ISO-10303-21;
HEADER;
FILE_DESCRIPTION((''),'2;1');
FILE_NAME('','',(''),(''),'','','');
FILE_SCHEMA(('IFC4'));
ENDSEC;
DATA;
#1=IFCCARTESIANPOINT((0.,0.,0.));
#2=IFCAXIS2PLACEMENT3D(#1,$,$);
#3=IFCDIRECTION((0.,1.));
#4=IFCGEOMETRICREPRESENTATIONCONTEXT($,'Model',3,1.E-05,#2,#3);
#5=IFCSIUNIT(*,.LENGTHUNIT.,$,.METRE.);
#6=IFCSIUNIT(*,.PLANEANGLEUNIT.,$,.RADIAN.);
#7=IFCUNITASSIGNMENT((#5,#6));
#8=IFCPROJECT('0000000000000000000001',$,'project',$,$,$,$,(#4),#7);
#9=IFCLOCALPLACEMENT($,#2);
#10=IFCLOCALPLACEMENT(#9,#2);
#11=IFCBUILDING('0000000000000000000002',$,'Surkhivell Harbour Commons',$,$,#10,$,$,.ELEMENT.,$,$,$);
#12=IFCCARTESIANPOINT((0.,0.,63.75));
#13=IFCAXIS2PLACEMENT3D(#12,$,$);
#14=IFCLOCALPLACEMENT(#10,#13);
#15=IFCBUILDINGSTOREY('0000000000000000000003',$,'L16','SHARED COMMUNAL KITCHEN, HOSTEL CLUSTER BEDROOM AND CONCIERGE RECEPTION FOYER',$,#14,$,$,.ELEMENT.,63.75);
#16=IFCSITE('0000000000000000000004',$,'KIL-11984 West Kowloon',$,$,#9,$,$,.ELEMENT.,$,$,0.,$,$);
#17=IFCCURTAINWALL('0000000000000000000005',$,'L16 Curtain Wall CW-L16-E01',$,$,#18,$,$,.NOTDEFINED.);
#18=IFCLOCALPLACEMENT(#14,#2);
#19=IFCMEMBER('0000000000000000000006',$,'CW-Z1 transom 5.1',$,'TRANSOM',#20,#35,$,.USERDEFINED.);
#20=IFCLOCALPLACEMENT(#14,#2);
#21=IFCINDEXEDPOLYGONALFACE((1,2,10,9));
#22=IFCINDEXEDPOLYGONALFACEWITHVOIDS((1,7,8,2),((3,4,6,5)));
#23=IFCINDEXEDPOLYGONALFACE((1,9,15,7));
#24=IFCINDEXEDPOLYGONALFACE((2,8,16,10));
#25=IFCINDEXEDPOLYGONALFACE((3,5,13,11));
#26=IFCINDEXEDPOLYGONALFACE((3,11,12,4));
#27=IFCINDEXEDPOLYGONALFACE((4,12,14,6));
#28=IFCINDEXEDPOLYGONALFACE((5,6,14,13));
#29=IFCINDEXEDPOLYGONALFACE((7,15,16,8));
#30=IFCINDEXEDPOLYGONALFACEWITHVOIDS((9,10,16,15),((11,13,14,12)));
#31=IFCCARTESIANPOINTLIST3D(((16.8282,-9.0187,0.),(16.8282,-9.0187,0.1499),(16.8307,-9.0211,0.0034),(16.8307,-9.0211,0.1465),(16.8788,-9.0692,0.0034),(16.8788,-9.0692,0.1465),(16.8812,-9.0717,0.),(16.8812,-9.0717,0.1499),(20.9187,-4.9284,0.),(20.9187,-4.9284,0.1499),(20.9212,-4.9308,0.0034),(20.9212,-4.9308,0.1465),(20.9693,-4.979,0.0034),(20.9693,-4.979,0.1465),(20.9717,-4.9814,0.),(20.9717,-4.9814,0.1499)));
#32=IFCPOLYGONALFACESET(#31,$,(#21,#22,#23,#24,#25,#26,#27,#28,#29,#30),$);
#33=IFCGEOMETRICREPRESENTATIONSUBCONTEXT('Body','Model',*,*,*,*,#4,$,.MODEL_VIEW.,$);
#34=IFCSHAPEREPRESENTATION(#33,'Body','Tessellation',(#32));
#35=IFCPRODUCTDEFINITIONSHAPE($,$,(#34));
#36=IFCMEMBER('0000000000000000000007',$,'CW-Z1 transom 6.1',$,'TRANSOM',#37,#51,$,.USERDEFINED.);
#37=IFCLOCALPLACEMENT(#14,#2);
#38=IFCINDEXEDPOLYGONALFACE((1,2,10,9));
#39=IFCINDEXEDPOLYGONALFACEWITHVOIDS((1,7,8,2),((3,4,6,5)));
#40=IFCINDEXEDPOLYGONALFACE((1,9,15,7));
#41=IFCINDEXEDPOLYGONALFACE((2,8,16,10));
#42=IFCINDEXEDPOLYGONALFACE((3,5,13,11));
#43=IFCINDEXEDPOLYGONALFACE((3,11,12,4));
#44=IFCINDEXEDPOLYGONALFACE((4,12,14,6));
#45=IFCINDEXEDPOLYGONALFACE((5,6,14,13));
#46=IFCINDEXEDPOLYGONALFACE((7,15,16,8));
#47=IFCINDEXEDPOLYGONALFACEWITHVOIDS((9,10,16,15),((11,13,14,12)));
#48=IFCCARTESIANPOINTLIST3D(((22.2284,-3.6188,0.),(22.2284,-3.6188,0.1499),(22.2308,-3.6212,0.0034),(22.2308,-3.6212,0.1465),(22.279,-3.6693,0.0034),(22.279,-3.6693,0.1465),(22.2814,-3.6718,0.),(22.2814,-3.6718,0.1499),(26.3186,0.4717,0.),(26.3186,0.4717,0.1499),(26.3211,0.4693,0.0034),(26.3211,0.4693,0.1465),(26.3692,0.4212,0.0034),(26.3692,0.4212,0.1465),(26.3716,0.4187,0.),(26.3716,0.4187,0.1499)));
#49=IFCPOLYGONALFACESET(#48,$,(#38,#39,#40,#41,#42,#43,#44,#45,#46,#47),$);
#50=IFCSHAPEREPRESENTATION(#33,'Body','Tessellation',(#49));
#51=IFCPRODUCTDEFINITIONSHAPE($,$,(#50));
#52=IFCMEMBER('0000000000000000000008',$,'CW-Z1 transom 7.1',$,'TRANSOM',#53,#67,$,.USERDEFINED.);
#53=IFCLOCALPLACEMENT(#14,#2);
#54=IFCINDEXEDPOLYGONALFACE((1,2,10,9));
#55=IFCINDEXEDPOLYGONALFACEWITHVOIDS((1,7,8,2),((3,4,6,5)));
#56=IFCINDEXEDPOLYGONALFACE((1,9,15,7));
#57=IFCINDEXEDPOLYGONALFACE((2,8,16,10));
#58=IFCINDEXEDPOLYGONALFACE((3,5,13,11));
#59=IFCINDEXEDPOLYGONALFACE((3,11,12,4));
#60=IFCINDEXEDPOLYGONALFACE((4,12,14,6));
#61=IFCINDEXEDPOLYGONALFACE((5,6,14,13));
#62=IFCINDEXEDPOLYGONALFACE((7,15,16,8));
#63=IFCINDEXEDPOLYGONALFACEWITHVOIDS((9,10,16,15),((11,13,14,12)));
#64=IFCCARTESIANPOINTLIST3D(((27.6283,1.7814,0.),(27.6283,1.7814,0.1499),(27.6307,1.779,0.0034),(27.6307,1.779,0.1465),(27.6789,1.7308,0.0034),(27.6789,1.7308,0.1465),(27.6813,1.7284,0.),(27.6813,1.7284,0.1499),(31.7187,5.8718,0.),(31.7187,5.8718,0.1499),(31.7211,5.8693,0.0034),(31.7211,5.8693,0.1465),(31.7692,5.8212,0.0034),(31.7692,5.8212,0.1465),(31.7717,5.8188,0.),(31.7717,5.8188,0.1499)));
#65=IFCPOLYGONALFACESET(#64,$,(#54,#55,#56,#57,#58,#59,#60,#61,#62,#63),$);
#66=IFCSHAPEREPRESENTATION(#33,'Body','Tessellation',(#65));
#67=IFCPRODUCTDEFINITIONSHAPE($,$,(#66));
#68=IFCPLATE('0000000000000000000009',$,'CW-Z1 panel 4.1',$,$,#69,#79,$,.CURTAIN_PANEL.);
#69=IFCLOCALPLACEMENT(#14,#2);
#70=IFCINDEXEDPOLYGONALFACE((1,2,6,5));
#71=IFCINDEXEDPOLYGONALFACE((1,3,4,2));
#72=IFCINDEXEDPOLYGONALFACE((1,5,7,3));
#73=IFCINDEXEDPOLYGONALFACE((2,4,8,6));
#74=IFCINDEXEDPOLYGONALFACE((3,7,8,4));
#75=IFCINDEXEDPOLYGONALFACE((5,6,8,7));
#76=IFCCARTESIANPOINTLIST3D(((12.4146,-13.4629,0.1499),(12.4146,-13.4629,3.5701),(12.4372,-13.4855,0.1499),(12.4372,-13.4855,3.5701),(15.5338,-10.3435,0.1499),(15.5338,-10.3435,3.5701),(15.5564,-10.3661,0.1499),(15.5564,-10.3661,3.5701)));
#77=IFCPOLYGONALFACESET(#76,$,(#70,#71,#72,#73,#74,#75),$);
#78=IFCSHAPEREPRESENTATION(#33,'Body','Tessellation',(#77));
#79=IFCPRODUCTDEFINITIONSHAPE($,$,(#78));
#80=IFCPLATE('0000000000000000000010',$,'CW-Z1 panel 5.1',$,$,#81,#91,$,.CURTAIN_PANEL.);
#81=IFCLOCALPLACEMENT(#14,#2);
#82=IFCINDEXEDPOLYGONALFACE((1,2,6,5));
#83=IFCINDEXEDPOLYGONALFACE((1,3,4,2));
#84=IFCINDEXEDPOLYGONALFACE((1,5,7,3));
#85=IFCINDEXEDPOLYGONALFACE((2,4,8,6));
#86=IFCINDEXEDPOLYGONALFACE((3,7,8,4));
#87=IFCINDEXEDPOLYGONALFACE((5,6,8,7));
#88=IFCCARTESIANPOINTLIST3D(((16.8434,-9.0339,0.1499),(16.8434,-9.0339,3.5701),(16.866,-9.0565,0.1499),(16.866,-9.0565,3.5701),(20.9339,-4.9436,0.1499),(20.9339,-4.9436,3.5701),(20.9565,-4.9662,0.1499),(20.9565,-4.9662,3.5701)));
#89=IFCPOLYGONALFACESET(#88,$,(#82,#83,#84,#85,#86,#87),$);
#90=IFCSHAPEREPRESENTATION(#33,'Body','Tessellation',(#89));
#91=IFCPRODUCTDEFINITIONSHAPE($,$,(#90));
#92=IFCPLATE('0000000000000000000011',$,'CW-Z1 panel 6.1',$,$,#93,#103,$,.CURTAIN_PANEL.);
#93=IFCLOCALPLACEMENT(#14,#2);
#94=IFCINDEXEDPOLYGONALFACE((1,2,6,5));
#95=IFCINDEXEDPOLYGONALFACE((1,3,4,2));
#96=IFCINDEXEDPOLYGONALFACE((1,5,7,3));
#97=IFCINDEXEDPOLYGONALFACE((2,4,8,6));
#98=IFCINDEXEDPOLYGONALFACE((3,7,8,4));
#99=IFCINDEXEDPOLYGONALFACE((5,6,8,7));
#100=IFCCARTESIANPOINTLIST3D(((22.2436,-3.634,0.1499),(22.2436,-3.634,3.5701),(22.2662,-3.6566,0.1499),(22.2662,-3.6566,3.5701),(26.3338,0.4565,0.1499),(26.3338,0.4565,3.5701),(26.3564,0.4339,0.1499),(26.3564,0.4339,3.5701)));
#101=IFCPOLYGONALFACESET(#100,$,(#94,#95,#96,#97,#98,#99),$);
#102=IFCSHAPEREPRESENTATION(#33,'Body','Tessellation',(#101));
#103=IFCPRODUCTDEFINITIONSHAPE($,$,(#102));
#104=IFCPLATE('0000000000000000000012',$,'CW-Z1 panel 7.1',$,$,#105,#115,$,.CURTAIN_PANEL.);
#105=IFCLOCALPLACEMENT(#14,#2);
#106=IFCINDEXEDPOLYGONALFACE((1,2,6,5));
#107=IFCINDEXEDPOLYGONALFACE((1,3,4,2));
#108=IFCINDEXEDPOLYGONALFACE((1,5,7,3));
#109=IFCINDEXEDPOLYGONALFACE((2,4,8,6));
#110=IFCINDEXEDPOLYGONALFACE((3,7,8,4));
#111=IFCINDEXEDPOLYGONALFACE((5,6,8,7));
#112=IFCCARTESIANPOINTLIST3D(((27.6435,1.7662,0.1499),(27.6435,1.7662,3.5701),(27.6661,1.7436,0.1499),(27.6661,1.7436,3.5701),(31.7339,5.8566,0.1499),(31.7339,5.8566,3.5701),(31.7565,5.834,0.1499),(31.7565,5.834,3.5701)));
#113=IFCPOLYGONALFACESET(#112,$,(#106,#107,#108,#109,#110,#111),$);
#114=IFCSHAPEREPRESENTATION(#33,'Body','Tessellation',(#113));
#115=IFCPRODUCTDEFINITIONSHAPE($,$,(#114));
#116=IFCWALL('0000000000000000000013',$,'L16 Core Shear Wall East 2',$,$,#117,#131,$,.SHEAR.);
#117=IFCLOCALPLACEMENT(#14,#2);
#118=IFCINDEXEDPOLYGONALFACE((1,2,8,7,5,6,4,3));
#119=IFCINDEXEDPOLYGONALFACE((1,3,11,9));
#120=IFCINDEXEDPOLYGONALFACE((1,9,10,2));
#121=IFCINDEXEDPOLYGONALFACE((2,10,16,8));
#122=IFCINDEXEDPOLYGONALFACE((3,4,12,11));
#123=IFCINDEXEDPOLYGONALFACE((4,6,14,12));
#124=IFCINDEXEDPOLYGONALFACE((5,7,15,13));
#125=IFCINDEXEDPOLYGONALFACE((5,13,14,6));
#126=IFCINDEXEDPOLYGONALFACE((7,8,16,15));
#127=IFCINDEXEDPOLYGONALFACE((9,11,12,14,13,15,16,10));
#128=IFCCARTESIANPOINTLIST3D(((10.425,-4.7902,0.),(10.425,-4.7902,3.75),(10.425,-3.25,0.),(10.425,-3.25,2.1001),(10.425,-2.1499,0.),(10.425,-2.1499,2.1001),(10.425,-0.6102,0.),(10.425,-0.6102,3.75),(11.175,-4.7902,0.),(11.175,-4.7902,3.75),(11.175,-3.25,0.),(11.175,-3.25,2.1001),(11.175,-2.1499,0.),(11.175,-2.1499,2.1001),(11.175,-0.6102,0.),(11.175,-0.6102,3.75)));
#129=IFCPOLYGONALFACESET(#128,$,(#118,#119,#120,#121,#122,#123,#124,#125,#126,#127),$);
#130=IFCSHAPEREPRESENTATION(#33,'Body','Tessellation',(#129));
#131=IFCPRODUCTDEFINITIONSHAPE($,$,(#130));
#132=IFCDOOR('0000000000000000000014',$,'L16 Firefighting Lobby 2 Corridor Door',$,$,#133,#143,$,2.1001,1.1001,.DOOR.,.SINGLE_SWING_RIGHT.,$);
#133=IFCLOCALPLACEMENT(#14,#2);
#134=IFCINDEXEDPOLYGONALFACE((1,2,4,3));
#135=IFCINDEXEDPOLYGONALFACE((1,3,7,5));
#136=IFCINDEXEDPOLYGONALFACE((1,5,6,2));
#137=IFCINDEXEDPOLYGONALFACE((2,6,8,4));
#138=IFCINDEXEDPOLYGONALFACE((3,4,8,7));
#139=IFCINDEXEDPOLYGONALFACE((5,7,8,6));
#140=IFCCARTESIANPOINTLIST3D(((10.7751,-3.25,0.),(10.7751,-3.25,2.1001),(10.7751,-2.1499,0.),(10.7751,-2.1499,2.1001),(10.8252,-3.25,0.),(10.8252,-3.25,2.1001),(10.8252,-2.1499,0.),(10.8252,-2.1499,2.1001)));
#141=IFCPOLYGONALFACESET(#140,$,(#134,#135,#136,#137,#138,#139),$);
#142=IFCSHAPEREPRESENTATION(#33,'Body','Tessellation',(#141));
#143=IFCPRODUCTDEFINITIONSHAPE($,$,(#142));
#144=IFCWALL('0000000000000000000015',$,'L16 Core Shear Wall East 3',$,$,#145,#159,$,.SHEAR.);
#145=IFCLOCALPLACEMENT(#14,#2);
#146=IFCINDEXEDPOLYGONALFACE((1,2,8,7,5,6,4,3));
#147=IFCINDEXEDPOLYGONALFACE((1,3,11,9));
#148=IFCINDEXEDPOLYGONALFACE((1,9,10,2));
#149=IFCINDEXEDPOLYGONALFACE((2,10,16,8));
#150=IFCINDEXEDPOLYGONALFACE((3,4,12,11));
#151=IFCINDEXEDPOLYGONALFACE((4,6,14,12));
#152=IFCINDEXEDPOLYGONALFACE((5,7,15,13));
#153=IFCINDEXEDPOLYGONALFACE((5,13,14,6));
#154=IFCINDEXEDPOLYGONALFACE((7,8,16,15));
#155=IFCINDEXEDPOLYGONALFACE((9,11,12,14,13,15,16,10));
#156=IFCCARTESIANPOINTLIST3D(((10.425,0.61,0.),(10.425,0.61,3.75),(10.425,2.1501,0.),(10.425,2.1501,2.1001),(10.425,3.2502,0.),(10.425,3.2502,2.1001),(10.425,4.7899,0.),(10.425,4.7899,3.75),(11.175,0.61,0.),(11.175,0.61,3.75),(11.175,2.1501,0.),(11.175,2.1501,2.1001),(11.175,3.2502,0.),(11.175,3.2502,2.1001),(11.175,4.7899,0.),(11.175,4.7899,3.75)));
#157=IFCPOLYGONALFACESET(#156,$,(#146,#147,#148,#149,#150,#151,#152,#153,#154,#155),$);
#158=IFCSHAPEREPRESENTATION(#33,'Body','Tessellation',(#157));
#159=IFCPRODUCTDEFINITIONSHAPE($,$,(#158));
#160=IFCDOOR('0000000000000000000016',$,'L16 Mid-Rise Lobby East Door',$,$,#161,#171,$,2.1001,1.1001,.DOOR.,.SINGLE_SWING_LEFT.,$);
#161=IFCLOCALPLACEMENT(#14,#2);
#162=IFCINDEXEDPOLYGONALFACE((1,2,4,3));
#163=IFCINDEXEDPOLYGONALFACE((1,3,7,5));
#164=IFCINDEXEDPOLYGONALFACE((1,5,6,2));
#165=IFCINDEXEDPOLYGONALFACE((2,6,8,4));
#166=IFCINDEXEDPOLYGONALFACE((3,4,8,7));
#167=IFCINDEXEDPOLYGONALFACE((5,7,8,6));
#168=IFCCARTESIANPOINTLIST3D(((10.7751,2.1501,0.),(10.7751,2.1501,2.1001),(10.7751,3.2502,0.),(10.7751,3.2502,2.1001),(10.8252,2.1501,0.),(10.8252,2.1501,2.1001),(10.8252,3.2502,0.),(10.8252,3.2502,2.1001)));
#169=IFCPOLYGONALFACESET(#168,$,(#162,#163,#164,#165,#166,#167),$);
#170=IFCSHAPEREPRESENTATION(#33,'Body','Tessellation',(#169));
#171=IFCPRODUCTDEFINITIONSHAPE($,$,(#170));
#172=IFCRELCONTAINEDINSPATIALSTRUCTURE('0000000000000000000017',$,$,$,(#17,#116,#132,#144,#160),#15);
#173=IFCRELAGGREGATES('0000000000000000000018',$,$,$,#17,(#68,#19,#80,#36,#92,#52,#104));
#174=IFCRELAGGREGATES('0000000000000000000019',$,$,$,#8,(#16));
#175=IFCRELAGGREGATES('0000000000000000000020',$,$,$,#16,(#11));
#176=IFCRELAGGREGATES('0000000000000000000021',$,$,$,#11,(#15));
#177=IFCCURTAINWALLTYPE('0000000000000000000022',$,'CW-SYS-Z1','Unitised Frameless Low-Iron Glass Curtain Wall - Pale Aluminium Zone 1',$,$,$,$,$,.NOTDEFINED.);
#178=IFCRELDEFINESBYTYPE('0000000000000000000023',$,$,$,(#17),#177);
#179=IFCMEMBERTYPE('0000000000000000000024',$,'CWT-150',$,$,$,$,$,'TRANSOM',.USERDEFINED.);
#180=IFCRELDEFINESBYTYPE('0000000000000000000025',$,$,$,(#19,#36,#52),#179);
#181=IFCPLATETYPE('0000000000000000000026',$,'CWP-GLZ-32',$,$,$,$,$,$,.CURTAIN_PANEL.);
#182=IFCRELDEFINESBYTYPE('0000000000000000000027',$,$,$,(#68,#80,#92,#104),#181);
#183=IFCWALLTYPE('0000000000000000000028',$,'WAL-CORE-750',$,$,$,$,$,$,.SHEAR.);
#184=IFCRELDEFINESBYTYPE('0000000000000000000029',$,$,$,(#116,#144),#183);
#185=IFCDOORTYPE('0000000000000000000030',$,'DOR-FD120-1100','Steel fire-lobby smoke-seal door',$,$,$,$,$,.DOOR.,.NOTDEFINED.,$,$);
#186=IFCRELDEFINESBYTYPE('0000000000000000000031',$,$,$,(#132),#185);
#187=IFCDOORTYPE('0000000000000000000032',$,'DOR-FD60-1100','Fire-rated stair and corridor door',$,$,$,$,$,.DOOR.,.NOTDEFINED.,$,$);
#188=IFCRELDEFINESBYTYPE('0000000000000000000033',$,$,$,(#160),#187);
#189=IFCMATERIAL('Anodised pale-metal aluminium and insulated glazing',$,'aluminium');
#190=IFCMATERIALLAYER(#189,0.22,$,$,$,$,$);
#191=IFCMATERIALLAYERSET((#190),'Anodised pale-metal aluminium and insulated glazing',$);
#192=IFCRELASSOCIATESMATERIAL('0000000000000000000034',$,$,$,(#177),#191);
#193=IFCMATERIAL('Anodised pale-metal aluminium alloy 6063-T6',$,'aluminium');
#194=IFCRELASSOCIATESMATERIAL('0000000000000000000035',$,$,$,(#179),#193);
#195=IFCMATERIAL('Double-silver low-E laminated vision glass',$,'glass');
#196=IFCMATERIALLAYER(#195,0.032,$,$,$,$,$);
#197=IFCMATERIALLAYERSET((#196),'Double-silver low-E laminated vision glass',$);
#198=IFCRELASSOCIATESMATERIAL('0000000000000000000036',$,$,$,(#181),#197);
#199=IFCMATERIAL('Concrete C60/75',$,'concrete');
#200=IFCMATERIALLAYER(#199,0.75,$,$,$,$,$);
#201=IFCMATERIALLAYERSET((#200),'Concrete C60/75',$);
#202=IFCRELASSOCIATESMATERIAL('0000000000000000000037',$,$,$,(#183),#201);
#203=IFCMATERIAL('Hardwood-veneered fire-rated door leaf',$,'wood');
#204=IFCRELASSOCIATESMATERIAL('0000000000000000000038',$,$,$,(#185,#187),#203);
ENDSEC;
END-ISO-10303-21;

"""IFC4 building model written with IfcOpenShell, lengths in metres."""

from ifc_helpers import new_model, si_unit, direction, frame, frame_2d, origin, origin_2d, place, context, subcontext, project, spatial, rectangle, hollow_rectangle, extrude, material, layer, layer_set, material_profile, profile_set, type_object, element, fill, aggregate, save


model = new_model("IFC4")

# Units and contexts
model_context = context("Model", 3, precision=1e-05, world=origin(), true_north=direction((0.0, 1.0)))
body_context = subcontext(model_context, "Body", "Model", "MODEL_VIEW")
ifc_project = project(units=[si_unit("LENGTHUNIT", "METRE"), si_unit("PLANEANGLEUNIT", "RADIAN")], contexts=[model_context])

# Site, building, storey
site_placement = place(None, origin())
site = spatial("IfcSite", under=ifc_project, at=site_placement, Name="KIL-11984 West Kowloon", CompositionType="ELEMENT", RefElevation=0.0)
building_placement = place(site_placement, origin())
building = spatial("IfcBuilding", under=site, at=building_placement, Name="Surkhivell Harbour Commons", CompositionType="ELEMENT")
storey_placement = place(building_placement, frame((0.0, 0.0, 63.75)))
storey = spatial("IfcBuildingStorey", under=building, at=storey_placement, Name="L16", Description="SHARED COMMUNAL KITCHEN, HOSTEL CLUSTER BEDROOM AND CONCIERGE RECEPTION FOYER", CompositionType="ELEMENT", Elevation=63.75)

# Curtain wall, members, plates
ifc_material_1 = material(Name="Anodised pale-metal aluminium and insulated glazing", Category="aluminium")
ifc_layer_1 = layer(ifc_material_1, 0.22)
ifc_layer_set_1 = layer_set([ifc_layer_1], Name="Anodised pale-metal aluminium and insulated glazing")
curtain_wall_type = type_object("IfcCurtainWallType", Name="CW-SYS-Z1", Description="Unitised Frameless Low-Iron Glass Curtain Wall - Pale Aluminium Zone 1", PredefinedType="NOTDEFINED", material=ifc_layer_set_1)
curtain_wall_placement = place(storey_placement, origin())
curtain_wall = element("IfcCurtainWall", 1, at=curtain_wall_placement, inside=storey, type_object=curtain_wall_type, Name="L16 Curtain Wall CW-L16-E01", PredefinedType="NOTDEFINED")
ifc_material_2 = material(Name="Anodised pale-metal aluminium alloy 6063-T6", Category="aluminium")
ifc_material_profile_1 = material_profile(ifc_material_2, hollow_rectangle(XDim=0.075, YDim=0.1499, WallThickness=0.0034, at=origin_2d()), Name="ALU-TRAN-75x150")
ifc_profile_set_1 = profile_set([ifc_material_profile_1], Name="Anodised pale-metal aluminium alloy 6063-T6")
member_type_1 = type_object("IfcMemberType", Name="CWT-150", ElementType="TRANSOM", PredefinedType="USERDEFINED", material=ifc_profile_set_1)
member_1_placement = place(storey_placement, frame((16.8547, -9.0452, 0.075), z_axis=(0.707128, 0.707086, 0.0), x_axis=(-0.707086, 0.707128, 0.0)))
member_1 = element("IfcMember", 2, at=member_1_placement, type_object=member_type_1, Name="CW-Z1 transom 5.1", ObjectType="TRANSOM", PredefinedType="USERDEFINED", context=body_context, shape_type="SweptSolid", body=[
    extrude(hollow_rectangle(XDim=0.075, YDim=0.1499, WallThickness=0.0034, at=origin_2d()), origin(), (0.0, 0.0, 1.0), 5.7847),
])
member_2_placement = place(storey_placement, frame((22.2549, -3.6453, 0.075), z_axis=(0.707086, 0.707128, 0.0), x_axis=(-0.707128, 0.707086, 0.0)))
member_2 = element("IfcMember", 3, at=member_2_placement, type_object=member_type_1, Name="CW-Z1 transom 6.1", ObjectType="TRANSOM", PredefinedType="USERDEFINED", context=body_context, shape_type="SweptSolid", body=[
    extrude(hollow_rectangle(XDim=0.075, YDim=0.1499, WallThickness=0.0034, at=origin_2d()), origin(), (0.0, 0.0, 1.0), 5.7847),
])
member_3_placement = place(storey_placement, frame((27.6548, 1.7549, 0.075), z_axis=(0.707107, 0.707107, 0.0), x_axis=(-0.707107, 0.707107, 0.0)))
member_3 = element("IfcMember", 4, at=member_3_placement, type_object=member_type_1, Name="CW-Z1 transom 7.1", ObjectType="TRANSOM", PredefinedType="USERDEFINED", context=body_context, shape_type="SweptSolid", body=[
    extrude(hollow_rectangle(XDim=0.075, YDim=0.1499, WallThickness=0.0034, at=origin_2d()), origin(), (0.0, 0.0, 1.0), 5.7847),
])
ifc_material_3 = material(Name="Double-silver low-E laminated vision glass", Category="glass")
ifc_layer_2 = layer(ifc_material_3, 0.032)
ifc_layer_set_2 = layer_set([ifc_layer_2], Name="Double-silver low-E laminated vision glass")
plate_type = type_object("IfcPlateType", Name="CWP-GLZ-32", PredefinedType="CURTAIN_PANEL", material=ifc_layer_set_2)
plate_1_placement = place(storey_placement, frame((12.426, -13.4741, 0.1499), z_axis=(0.0, 0.0, 1.0), x_axis=(0.707079, 0.707134, 0.0)))
plate_1 = element("IfcPlate", 5, at=plate_1_placement, type_object=plate_type, Name="CW-Z1 panel 4.1", PredefinedType="CURTAIN_PANEL", context=body_context, shape_type="SweptSolid", body=[
    extrude(rectangle(XDim=4.4114, YDim=0.032, at=frame_2d((2.2056, 0.0))), origin(), (0.0, 0.0, 1.0), 3.4202),
])
plate_2_placement = place(storey_placement, frame((16.8547, -9.0452, 0.1499), z_axis=(0.0, 0.0, 1.0), x_axis=(0.707128, 0.707086, 0.0)))
plate_2 = element("IfcPlate", 6, at=plate_2_placement, type_object=plate_type, Name="CW-Z1 panel 5.1", PredefinedType="CURTAIN_PANEL", context=body_context, shape_type="SweptSolid", body=[
    extrude(rectangle(XDim=5.7847, YDim=0.032, at=frame_2d((2.8923, 0.0))), origin(), (0.0, 0.0, 1.0), 3.4202),
])
plate_3_placement = place(storey_placement, frame((22.2549, -3.6453, 0.1499), z_axis=(0.0, 0.0, 1.0), x_axis=(0.707086, 0.707128, 0.0)))
plate_3 = element("IfcPlate", 7, at=plate_3_placement, type_object=plate_type, Name="CW-Z1 panel 6.1", PredefinedType="CURTAIN_PANEL", context=body_context, shape_type="SweptSolid", body=[
    extrude(rectangle(XDim=5.7847, YDim=0.032, at=frame_2d((2.8923, 0.0))), origin(), (0.0, 0.0, 1.0), 3.4202),
])
plate_4_placement = place(storey_placement, frame((27.6548, 1.7549, 0.1499), z_axis=(0.0, 0.0, 1.0), x_axis=(0.707107, 0.707107, 0.0)))
plate_4 = element("IfcPlate", 8, at=plate_4_placement, type_object=plate_type, Name="CW-Z1 panel 7.1", PredefinedType="CURTAIN_PANEL", context=body_context, shape_type="SweptSolid", body=[
    extrude(rectangle(XDim=5.7847, YDim=0.032, at=frame_2d((2.8923, 0.0))), origin(), (0.0, 0.0, 1.0), 3.4202),
])
aggregate(curtain_wall, [plate_1, member_1, plate_2, member_2, plate_3, member_3, plate_4])

# Walls, openings, doors
ifc_material_4 = material(Name="Concrete C60/75", Category="concrete")
ifc_layer_3 = layer(ifc_material_4, 0.75)
ifc_layer_set_3 = layer_set([ifc_layer_3], Name="Concrete C60/75")
wall_type_1 = type_object("IfcWallType", Name="WAL-CORE-750", PredefinedType="SHEAR", material=ifc_layer_set_3)
wall_1_placement = place(storey_placement, frame((10.8, -4.79, 0.0), z_axis=(0.0, 0.0, 1.0), x_axis=(0.0, 1.0, 0.0)))
wall_1 = element("IfcWall", 9, at=wall_1_placement, inside=storey, type_object=wall_type_1, Name="L16 Core Shear Wall East 2", PredefinedType="SHEAR", context=body_context, shape_type="SweptSolid", body=[
    extrude(rectangle(XDim=4.1799, YDim=0.75, at=frame_2d((2.0898, 0.0))), origin(), (0.0, 0.0, 1.0), 3.75),
])
opening_1_placement = place(wall_1_placement, frame((1.54, 0.0, 0.0)))
opening_1 = element("IfcOpeningElement", 10, at=opening_1_placement, cuts=wall_1, PredefinedType="OPENING", context=body_context, shape_type="SweptSolid", body=[
    extrude(rectangle(XDim=1.1001, YDim=2.1001, at=frame_2d((0.55, 1.05))), frame((0.0, 0.385, 0.0), z_axis=(0.0, -1.0, 0.0), x_axis=(1.0, 0.0, 0.0)), (0.0, 0.0, 1.0), 0.77),
])
ifc_material_5 = material(Name="Hardwood-veneered fire-rated door leaf", Category="wood")
door_type_1 = type_object("IfcDoorType", Name="DOR-FD120-1100", Description="Steel fire-lobby smoke-seal door", OperationType="NOTDEFINED", PredefinedType="DOOR", material=ifc_material_5)
door_1_placement = place(opening_1_placement, origin())
door_1 = element("IfcDoor", 11, at=door_1_placement, inside=storey, type_object=door_type_1, Name="L16 Firefighting Lobby 2 Corridor Door", OperationType="SINGLE_SWING_RIGHT", OverallHeight=2.1001, OverallWidth=1.1001, PredefinedType="DOOR", context=body_context, shape_type="SweptSolid", body=[
    extrude(rectangle(XDim=1.1001, YDim=2.1001, at=frame_2d((0.55, 1.05))), frame((0.0, 0.0249, 0.0), z_axis=(0.0, -1.0, 0.0), x_axis=(1.0, 0.0, 0.0)), (0.0, 0.0, 1.0), 0.05),
])
fill(opening_1, door_1)
wall_2_placement = place(storey_placement, frame((10.8, 0.6101, 0.0), z_axis=(0.0, 0.0, 1.0), x_axis=(0.0, 1.0, 0.0)))
wall_2 = element("IfcWall", 12, at=wall_2_placement, inside=storey, type_object=wall_type_1, Name="L16 Core Shear Wall East 3", PredefinedType="SHEAR", context=body_context, shape_type="SweptSolid", body=[
    extrude(rectangle(XDim=4.1799, YDim=0.75, at=frame_2d((2.0898, 0.0))), origin(), (0.0, 0.0, 1.0), 3.75),
])
opening_2_placement = place(wall_2_placement, frame((1.54, 0.0, 0.0)))
opening_2 = element("IfcOpeningElement", 13, at=opening_2_placement, cuts=wall_2, PredefinedType="OPENING", context=body_context, shape_type="SweptSolid", body=[
    extrude(rectangle(XDim=1.1001, YDim=2.1001, at=frame_2d((0.55, 1.05))), frame((0.0, 0.385, 0.0), z_axis=(0.0, -1.0, 0.0), x_axis=(1.0, 0.0, 0.0)), (0.0, 0.0, 1.0), 0.77),
])
door_type_2 = type_object("IfcDoorType", Name="DOR-FD60-1100", Description="Fire-rated stair and corridor door", OperationType="NOTDEFINED", PredefinedType="DOOR", material=ifc_material_5)
door_2_placement = place(opening_2_placement, origin())
door_2 = element("IfcDoor", 14, at=door_2_placement, inside=storey, type_object=door_type_2, Name="L16 Mid-Rise Lobby East Door", OperationType="SINGLE_SWING_LEFT", OverallHeight=2.1001, OverallWidth=1.1001, PredefinedType="DOOR", context=body_context, shape_type="SweptSolid", body=[
    extrude(rectangle(XDim=1.1001, YDim=2.1001, at=frame_2d((0.55, 1.05))), frame((0.0, 0.0249, 0.0), z_axis=(0.0, -1.0, 0.0), x_axis=(1.0, 0.0, 0.0)), (0.0, 0.0, 1.0), 0.05),
])
fill(opening_2, door_2)

save(model, "model.ifc")
